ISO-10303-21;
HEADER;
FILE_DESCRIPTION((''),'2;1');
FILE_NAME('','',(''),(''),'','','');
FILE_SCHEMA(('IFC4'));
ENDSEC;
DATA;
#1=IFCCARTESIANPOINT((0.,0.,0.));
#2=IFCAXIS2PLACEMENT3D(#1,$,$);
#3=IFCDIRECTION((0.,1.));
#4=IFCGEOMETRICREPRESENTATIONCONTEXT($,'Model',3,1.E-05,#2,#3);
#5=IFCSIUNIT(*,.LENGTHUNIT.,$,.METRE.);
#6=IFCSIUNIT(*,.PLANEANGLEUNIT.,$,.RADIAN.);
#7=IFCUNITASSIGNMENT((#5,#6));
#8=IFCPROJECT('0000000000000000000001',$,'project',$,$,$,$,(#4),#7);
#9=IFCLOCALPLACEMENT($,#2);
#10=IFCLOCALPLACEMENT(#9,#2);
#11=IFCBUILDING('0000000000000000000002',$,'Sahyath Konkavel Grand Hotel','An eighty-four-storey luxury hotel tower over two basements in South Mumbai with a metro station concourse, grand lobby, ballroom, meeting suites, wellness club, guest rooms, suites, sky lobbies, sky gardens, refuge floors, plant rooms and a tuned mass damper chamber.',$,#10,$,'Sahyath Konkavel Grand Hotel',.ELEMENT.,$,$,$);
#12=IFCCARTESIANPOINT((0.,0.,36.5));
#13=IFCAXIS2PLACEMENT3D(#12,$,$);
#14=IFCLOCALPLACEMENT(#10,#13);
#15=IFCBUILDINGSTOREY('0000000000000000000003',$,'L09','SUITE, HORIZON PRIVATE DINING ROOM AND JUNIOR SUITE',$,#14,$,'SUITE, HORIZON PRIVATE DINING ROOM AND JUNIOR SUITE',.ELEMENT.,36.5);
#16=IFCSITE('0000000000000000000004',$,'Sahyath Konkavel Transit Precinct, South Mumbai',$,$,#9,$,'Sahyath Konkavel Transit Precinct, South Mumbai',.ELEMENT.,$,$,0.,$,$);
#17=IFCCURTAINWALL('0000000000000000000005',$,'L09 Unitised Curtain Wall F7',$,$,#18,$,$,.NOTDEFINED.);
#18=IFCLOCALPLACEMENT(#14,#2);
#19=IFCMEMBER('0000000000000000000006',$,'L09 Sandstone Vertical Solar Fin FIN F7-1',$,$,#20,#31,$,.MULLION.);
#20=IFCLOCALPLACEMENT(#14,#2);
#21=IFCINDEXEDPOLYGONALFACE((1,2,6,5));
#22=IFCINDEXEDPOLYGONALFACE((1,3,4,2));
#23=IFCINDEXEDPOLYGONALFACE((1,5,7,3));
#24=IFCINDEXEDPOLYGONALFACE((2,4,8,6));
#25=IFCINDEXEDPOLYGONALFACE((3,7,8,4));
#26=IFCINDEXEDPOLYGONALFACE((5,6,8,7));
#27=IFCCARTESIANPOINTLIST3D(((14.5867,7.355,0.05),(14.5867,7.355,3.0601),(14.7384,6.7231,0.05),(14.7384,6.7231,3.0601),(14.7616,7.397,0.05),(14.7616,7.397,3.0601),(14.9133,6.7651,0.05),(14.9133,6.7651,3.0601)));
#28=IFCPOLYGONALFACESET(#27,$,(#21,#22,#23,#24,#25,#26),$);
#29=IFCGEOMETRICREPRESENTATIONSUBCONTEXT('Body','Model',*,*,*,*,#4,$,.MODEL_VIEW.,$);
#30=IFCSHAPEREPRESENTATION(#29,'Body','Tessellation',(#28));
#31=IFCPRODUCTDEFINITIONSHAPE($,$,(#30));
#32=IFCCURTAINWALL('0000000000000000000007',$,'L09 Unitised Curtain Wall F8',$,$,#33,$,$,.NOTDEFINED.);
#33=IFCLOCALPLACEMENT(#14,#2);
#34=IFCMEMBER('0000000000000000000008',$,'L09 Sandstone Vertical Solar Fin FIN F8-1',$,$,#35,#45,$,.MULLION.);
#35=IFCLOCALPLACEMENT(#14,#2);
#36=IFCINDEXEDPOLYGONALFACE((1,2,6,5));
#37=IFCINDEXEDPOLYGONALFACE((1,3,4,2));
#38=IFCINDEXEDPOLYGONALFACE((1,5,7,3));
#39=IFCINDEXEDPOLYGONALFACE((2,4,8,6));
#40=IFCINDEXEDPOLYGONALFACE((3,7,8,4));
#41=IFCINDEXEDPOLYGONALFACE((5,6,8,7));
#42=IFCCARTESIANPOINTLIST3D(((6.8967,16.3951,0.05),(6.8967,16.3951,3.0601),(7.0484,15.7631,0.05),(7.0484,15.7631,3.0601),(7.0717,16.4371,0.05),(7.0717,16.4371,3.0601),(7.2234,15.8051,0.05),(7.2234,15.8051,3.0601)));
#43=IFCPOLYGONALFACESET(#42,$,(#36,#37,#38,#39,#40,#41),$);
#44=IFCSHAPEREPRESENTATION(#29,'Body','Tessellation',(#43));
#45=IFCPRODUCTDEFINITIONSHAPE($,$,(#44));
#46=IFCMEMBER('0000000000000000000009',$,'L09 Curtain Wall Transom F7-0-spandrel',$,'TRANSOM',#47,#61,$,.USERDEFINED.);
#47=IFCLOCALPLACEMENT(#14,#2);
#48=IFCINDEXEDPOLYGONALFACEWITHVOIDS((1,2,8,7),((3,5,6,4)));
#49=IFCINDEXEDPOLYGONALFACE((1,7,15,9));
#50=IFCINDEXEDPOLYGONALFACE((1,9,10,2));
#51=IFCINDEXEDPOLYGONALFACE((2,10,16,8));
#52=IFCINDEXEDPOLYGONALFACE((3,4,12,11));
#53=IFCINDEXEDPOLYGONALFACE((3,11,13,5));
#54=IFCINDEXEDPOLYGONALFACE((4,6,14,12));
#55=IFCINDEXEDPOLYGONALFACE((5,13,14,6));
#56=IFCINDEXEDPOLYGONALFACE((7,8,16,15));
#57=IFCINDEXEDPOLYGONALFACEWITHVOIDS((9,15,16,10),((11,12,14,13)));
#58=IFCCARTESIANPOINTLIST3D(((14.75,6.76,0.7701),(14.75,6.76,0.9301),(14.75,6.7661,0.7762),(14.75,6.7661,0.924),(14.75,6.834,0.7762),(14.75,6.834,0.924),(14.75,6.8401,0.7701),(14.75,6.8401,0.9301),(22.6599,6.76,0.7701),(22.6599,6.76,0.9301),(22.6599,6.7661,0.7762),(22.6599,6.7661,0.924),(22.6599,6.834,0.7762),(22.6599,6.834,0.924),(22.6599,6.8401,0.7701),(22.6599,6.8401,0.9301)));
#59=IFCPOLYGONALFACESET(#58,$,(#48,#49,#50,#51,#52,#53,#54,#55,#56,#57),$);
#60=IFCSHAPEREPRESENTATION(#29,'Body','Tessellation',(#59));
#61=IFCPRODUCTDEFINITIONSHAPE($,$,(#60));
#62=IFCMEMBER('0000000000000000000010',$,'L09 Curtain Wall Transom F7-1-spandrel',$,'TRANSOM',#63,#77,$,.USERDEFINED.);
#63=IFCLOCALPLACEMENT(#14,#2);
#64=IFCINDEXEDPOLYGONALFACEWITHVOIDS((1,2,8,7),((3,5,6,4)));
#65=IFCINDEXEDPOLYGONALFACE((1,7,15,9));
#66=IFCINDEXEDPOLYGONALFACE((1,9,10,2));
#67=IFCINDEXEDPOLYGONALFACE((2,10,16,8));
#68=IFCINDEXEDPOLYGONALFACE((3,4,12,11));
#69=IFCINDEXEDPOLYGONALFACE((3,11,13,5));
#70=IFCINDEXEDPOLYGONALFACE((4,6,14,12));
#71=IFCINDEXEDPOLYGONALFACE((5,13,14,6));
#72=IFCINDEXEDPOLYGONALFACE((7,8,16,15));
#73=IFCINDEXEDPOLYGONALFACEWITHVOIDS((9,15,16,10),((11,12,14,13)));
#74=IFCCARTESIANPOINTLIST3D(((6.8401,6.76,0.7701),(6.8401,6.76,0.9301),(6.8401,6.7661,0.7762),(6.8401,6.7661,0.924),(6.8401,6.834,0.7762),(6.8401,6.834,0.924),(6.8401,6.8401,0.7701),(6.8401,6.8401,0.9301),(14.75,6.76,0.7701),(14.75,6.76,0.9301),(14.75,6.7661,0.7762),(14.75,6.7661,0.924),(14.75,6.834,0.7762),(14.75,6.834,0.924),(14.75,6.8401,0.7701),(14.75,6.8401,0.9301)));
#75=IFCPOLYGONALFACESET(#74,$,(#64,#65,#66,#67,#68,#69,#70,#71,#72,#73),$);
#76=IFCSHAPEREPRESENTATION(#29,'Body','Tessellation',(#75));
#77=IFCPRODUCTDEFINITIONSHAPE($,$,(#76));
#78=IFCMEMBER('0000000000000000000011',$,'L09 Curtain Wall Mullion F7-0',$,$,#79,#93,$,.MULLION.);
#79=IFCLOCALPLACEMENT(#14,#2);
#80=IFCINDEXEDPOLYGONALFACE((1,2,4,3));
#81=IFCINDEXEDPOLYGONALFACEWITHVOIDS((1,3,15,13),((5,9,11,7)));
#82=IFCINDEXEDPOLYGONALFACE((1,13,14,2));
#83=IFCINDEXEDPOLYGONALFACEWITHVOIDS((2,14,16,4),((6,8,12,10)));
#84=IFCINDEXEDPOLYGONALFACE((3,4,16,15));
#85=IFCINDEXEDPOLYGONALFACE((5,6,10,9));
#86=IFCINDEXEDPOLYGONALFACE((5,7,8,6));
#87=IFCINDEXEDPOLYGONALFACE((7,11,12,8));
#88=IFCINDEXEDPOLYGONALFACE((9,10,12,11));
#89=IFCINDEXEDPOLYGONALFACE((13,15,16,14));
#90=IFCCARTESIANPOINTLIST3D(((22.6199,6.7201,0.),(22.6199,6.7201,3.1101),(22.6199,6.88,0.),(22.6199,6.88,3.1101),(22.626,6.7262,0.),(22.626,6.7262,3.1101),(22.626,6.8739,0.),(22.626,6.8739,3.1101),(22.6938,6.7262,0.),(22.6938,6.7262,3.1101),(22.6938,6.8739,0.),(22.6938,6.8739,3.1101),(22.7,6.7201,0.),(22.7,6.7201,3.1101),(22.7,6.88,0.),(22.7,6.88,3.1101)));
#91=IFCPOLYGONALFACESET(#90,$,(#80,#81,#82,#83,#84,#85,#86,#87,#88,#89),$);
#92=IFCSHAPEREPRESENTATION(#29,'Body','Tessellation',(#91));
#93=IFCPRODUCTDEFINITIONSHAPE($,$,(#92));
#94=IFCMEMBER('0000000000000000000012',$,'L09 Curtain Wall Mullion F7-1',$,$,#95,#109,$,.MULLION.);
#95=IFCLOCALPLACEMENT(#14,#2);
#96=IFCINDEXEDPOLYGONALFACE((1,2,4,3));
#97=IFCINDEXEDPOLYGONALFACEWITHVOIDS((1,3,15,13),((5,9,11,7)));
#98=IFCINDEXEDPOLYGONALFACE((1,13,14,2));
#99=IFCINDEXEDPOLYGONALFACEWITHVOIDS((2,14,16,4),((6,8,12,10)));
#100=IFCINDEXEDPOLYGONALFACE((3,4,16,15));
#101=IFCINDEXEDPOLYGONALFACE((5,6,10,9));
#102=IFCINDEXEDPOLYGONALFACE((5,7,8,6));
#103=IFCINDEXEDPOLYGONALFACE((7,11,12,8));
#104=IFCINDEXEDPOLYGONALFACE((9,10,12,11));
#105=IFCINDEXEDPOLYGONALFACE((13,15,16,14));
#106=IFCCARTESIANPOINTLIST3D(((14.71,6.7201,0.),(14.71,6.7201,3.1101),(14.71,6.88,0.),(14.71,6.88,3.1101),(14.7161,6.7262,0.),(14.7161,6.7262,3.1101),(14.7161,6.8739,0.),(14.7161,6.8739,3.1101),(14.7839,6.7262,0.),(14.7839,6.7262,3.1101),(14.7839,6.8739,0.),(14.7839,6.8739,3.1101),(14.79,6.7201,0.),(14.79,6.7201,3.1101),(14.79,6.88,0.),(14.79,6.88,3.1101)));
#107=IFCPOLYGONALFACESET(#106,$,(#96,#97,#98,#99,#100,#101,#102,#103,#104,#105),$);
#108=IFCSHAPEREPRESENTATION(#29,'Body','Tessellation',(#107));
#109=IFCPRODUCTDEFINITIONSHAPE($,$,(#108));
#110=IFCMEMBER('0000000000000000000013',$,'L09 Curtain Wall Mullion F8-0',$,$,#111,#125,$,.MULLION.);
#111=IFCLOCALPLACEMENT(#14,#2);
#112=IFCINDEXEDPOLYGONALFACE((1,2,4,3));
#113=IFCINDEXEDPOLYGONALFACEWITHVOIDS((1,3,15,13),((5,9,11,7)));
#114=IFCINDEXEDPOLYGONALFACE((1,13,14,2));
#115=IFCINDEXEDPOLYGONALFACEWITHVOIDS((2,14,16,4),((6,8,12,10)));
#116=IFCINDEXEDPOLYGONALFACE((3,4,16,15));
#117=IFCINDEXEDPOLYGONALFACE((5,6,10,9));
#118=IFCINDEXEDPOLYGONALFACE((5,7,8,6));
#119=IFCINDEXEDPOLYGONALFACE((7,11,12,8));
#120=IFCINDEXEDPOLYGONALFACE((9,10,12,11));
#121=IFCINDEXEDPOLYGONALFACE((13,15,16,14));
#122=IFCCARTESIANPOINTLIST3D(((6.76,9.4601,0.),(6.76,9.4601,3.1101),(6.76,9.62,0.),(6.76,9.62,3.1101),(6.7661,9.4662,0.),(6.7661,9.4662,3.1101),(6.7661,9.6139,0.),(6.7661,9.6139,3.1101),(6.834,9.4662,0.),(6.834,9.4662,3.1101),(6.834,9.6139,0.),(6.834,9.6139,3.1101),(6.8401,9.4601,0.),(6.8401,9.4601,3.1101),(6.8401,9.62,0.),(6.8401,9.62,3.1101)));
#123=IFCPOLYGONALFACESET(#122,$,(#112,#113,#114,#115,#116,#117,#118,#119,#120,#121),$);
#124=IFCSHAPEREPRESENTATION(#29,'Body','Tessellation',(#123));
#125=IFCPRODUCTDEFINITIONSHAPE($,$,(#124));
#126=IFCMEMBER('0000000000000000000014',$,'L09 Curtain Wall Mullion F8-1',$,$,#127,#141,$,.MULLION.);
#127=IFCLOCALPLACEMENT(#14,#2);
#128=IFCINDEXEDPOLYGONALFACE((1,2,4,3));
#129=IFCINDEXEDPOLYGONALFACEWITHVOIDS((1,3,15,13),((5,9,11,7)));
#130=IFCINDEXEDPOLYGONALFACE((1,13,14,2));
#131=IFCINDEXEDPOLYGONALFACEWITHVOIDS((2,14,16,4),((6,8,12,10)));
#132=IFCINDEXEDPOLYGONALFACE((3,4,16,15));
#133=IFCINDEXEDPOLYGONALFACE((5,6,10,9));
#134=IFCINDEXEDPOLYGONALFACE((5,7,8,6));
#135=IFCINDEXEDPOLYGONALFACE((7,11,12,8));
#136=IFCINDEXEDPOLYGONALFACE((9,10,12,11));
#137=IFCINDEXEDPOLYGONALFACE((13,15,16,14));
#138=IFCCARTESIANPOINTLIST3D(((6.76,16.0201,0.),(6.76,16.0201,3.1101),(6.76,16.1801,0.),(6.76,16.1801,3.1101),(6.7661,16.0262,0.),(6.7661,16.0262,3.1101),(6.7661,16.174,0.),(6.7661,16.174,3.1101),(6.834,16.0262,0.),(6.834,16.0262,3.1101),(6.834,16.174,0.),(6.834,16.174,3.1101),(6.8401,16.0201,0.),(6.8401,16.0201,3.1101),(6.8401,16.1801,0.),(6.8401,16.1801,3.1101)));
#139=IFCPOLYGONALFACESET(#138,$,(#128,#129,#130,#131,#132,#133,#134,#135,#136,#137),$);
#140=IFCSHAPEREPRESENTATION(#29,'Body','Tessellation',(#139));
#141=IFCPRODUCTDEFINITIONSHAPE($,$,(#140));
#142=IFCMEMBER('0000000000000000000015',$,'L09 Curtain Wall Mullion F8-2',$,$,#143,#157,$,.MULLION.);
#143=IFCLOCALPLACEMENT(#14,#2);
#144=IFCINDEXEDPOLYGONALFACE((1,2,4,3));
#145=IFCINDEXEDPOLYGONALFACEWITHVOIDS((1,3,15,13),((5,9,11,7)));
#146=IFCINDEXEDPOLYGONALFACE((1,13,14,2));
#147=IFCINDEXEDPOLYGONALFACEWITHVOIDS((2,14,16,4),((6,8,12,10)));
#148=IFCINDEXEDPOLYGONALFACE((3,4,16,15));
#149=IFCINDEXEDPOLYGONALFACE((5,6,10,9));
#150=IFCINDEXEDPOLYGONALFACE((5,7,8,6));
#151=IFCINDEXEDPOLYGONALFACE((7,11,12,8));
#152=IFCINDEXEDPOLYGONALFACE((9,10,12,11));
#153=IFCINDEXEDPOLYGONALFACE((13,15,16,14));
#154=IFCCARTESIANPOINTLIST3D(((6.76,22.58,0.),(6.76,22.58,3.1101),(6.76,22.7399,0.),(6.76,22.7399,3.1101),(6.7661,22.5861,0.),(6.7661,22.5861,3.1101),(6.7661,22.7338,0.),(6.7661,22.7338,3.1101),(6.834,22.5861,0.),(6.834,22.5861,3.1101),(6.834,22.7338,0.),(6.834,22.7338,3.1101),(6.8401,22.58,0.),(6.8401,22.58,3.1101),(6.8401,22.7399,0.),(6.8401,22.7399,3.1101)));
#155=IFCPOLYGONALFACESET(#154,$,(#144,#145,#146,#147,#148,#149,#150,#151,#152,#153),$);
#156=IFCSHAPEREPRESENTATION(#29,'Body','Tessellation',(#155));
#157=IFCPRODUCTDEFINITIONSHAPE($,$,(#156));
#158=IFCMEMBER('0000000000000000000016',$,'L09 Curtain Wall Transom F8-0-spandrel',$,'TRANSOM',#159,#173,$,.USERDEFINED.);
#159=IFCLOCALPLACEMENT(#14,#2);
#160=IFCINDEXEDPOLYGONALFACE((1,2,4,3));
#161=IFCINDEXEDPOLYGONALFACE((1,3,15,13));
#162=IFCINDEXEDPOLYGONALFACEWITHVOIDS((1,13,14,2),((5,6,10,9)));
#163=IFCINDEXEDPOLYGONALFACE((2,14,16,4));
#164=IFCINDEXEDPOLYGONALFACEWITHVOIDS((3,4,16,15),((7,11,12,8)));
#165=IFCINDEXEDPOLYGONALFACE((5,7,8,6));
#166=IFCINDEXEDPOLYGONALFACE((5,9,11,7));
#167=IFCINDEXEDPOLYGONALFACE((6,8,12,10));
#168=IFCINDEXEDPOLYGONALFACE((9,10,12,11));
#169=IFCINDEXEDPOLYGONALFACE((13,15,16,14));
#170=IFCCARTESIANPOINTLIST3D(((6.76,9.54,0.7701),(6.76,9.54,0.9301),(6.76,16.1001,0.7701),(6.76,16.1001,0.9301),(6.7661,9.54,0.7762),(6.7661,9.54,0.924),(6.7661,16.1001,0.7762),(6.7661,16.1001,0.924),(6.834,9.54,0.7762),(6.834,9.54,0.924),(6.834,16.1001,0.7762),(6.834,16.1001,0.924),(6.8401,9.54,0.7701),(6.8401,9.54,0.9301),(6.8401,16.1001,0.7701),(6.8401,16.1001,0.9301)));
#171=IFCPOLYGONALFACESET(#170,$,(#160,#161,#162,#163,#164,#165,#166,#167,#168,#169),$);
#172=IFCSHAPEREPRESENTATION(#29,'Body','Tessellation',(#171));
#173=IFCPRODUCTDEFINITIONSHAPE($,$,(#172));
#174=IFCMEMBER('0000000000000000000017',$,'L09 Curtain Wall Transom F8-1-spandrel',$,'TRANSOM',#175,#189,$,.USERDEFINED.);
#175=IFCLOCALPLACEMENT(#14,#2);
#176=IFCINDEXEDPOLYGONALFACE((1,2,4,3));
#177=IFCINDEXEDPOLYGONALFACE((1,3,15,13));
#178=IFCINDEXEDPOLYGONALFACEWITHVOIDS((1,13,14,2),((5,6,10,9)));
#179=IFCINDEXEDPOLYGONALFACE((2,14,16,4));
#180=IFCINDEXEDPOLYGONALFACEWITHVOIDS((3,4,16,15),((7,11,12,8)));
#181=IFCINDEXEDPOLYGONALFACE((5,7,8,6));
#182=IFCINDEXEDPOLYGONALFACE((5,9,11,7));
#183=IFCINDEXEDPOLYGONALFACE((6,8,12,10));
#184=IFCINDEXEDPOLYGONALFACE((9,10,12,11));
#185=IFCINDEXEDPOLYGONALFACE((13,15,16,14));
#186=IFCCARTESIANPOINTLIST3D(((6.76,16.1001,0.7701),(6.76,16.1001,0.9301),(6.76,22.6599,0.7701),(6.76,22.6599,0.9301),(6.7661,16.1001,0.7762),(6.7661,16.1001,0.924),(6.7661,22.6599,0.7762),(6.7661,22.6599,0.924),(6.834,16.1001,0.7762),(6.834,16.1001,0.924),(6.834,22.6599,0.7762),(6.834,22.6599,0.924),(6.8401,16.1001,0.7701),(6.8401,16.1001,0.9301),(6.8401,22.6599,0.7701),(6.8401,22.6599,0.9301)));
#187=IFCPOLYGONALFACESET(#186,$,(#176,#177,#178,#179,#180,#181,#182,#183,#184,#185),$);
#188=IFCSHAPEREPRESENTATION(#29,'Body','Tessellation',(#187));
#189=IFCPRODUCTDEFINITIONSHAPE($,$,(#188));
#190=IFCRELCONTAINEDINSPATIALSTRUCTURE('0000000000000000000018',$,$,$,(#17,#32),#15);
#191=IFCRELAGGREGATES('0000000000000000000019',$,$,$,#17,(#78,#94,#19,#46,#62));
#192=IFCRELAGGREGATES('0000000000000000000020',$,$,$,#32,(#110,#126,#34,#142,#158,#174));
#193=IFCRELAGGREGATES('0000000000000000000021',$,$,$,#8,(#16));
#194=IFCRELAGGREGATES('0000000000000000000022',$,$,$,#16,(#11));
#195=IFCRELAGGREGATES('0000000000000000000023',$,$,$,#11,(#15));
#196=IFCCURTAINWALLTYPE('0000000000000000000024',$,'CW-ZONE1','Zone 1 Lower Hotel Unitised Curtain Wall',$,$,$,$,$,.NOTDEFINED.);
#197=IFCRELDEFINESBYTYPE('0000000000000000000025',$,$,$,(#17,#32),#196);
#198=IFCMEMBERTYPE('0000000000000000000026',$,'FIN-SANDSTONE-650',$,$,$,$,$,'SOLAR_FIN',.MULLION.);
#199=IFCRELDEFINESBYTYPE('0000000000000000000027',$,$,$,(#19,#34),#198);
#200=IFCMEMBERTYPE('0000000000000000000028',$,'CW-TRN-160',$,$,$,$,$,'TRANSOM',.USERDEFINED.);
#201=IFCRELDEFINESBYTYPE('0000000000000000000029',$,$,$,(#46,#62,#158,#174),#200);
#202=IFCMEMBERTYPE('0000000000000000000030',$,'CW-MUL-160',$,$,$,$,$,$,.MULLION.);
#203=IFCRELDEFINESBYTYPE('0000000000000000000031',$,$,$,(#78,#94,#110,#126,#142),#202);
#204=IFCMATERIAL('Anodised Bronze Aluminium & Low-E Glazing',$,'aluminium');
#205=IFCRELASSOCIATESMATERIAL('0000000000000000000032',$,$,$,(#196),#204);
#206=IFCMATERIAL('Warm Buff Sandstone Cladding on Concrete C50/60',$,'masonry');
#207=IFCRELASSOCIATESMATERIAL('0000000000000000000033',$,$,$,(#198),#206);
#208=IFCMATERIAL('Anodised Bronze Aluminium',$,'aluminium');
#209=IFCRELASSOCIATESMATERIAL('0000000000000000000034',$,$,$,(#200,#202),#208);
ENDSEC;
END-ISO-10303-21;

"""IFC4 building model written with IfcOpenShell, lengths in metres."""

from ifc_helpers import new_model, si_unit, direction, frame, origin, origin_2d, place, context, subcontext, project, spatial, rectangle, hollow_rectangle, extrude, source, transform, mapped, material, material_profile, profile_set, type_object, element, aggregate, save


model = new_model("IFC4")

# Units and contexts
model_context = context("Model", 3, precision=1e-05, world=origin(), true_north=direction((0.0, 1.0)))
body_context = subcontext(model_context, "Body", "Model", "MODEL_VIEW")
ifc_project = project(units=[si_unit("LENGTHUNIT", "METRE"), si_unit("PLANEANGLEUNIT", "RADIAN")], contexts=[model_context])

# Site, building, storey
site_placement = place(None, origin())
site = spatial("IfcSite", under=ifc_project, at=site_placement, Name="Sahyath Konkavel Transit Precinct, South Mumbai", LongName="Sahyath Konkavel Transit Precinct, South Mumbai", CompositionType="ELEMENT", RefElevation=0.0)
building_placement = place(site_placement, origin())
building = spatial("IfcBuilding", under=site, at=building_placement, Name="Sahyath Konkavel Grand Hotel", Description="An eighty-four-storey luxury hotel tower over two basements in South Mumbai with a metro station concourse, grand lobby, ballroom, meeting suites, wellness club, guest rooms, suites, sky lobbies, sky gardens, refuge floors, plant rooms and a tuned mass damper chamber.", LongName="Sahyath Konkavel Grand Hotel", CompositionType="ELEMENT")
storey_placement = place(building_placement, frame((0.0, 0.0, 36.5)))
storey = spatial("IfcBuildingStorey", under=building, at=storey_placement, Name="L09", Description="SUITE, HORIZON PRIVATE DINING ROOM AND JUNIOR SUITE", LongName="SUITE, HORIZON PRIVATE DINING ROOM AND JUNIOR SUITE", CompositionType="ELEMENT", Elevation=36.5)

# Curtain walls, members
ifc_material_1 = material(Name="Anodised Bronze Aluminium & Low-E Glazing", Category="aluminium")
curtain_wall_type = type_object("IfcCurtainWallType", Name="CW-ZONE1", Description="Zone 1 Lower Hotel Unitised Curtain Wall", PredefinedType="NOTDEFINED", material=ifc_material_1)
curtain_wall_1_placement = place(storey_placement, origin())
curtain_wall_1 = element("IfcCurtainWall", 1, at=curtain_wall_1_placement, inside=storey, type_object=curtain_wall_type, Name="L09 Unitised Curtain Wall F7", PredefinedType="NOTDEFINED")
ifc_material_2 = material(Name="Warm Buff Sandstone Cladding on Concrete C50/60", Category="masonry")
ifc_material_profile_1 = material_profile(ifc_material_2, rectangle(XDim=0.1799, YDim=0.6499, at=origin_2d()), Name="FIN 180x650")
ifc_profile_set_1 = profile_set([ifc_material_profile_1], Name="Warm Buff Sandstone Cladding on Concrete C50/60")
member_type_1 = type_object("IfcMemberType", Name="FIN-SANDSTONE-650", ElementType="SOLAR_FIN", PredefinedType="MULLION", material=ifc_profile_set_1)
shared_shape_1 = source(origin(), body_context, "Body", "SweptSolid", [
    extrude(rectangle(XDim=0.1799, YDim=0.6499, at=origin_2d()), origin(), (0.0, 0.0, 1.0), 3.01),
])
member_1_placement = place(storey_placement, frame((14.75, 7.0601, 0.05), z_axis=(0.0, 0.0, 1.0), x_axis=(0.97237, 0.233445, 0.0)))
member_1 = element("IfcMember", 2, at=member_1_placement, type_object=member_type_1, Name="L09 Sandstone Vertical Solar Fin FIN F7-1", PredefinedType="MULLION", context=body_context, shape_type="MappedRepresentation", body=[
    mapped(shared_shape_1, transform((0.0, 0.0, 0.0), scale=1.0)),
])
curtain_wall_2_placement = place(storey_placement, origin())
curtain_wall_2 = element("IfcCurtainWall", 3, at=curtain_wall_2_placement, inside=storey, type_object=curtain_wall_type, Name="L09 Unitised Curtain Wall F8", PredefinedType="NOTDEFINED")
member_2_placement = place(storey_placement, frame((7.0601, 16.1001, 0.05), z_axis=(0.0, 0.0, 1.0), x_axis=(0.97237, 0.233445, 0.0)))
member_2 = element("IfcMember", 4, at=member_2_placement, type_object=member_type_1, Name="L09 Sandstone Vertical Solar Fin FIN F8-1", PredefinedType="MULLION", context=body_context, shape_type="MappedRepresentation", body=[
    mapped(shared_shape_1, transform((0.0, 0.0, 0.0), scale=1.0)),
])

# Members
ifc_material_3 = material(Name="Anodised Bronze Aluminium", Category="aluminium")
ifc_material_profile_2 = material_profile(ifc_material_3, hollow_rectangle(XDim=0.0801, YDim=0.1599, WallThickness=0.0061, at=origin_2d()), Name="RHS 160x80x6")
ifc_profile_set_2 = profile_set([ifc_material_profile_2], Name="Anodised Bronze Aluminium")
member_type_2 = type_object("IfcMemberType", Name="CW-TRN-160", ElementType="TRANSOM", PredefinedType="USERDEFINED", material=ifc_profile_set_2)
shared_shape_2 = source(origin(), body_context, "Body", "SweptSolid", [
    extrude(hollow_rectangle(XDim=0.0801, YDim=0.1599, WallThickness=0.0061, at=origin_2d()), origin(), (0.0, 0.0, 1.0), 7.9099),
])
member_3_placement = place(storey_placement, frame((22.6599, 6.8, 0.8501), z_axis=(-1.0, 0.0, 0.0), x_axis=(0.0, -1.0, 0.0)))
member_3 = element("IfcMember", 5, at=member_3_placement, type_object=member_type_2, Name="L09 Curtain Wall Transom F7-0-spandrel", ObjectType="TRANSOM", PredefinedType="USERDEFINED", context=body_context, shape_type="MappedRepresentation", body=[
    mapped(shared_shape_2, transform((0.0, 0.0, 0.0), scale=1.0)),
])
member_4_placement = place(storey_placement, frame((14.75, 6.8, 0.8501), z_axis=(-1.0, 0.0, 0.0), x_axis=(0.0, -1.0, 0.0)))
member_4 = element("IfcMember", 6, at=member_4_placement, type_object=member_type_2, Name="L09 Curtain Wall Transom F7-1-spandrel", ObjectType="TRANSOM", PredefinedType="USERDEFINED", context=body_context, shape_type="MappedRepresentation", body=[
    mapped(shared_shape_2, transform((0.0, 0.0, 0.0), scale=1.0)),
])
ifc_material_profile_3 = material_profile(ifc_material_3, hollow_rectangle(XDim=0.0801, YDim=0.1599, WallThickness=0.0061, at=origin_2d()), Name="RHS 160x80x6")
ifc_profile_set_3 = profile_set([ifc_material_profile_3], Name="Anodised Bronze Aluminium")
member_type_3 = type_object("IfcMemberType", Name="CW-MUL-160", PredefinedType="MULLION", material=ifc_profile_set_3)
shared_shape_3 = source(origin(), body_context, "Body", "SweptSolid", [
    extrude(hollow_rectangle(XDim=0.0801, YDim=0.1599, WallThickness=0.0061, at=origin_2d()), origin(), (0.0, 0.0, 1.0), 3.1101),
])
member_5_placement = place(storey_placement, frame((22.6599, 6.8, 0.0), z_axis=(0.0, 0.0, 1.0), x_axis=(1.0, 0.0, 0.0)))
member_5 = element("IfcMember", 7, at=member_5_placement, type_object=member_type_3, Name="L09 Curtain Wall Mullion F7-0", PredefinedType="MULLION", context=body_context, shape_type="MappedRepresentation", body=[
    mapped(shared_shape_3, transform((0.0, 0.0, 0.0), scale=1.0)),
])
member_6_placement = place(storey_placement, frame((14.75, 6.8, 0.0), z_axis=(0.0, 0.0, 1.0), x_axis=(1.0, 0.0, 0.0)))
member_6 = element("IfcMember", 8, at=member_6_placement, type_object=member_type_3, Name="L09 Curtain Wall Mullion F7-1", PredefinedType="MULLION", context=body_context, shape_type="MappedRepresentation", body=[
    mapped(shared_shape_3, transform((0.0, 0.0, 0.0), scale=1.0)),
])
member_7_placement = place(storey_placement, frame((6.8, 9.54, 0.0), z_axis=(0.0, 0.0, 1.0), x_axis=(1.0, 0.0, 0.0)))
member_7 = element("IfcMember", 9, at=member_7_placement, type_object=member_type_3, Name="L09 Curtain Wall Mullion F8-0", PredefinedType="MULLION", context=body_context, shape_type="MappedRepresentation", body=[
    mapped(shared_shape_3, transform((0.0, 0.0, 0.0), scale=1.0)),
])
member_8_placement = place(storey_placement, frame((6.8, 16.1001, 0.0), z_axis=(0.0, 0.0, 1.0), x_axis=(1.0, 0.0, 0.0)))
member_8 = element("IfcMember", 10, at=member_8_placement, type_object=member_type_3, Name="L09 Curtain Wall Mullion F8-1", PredefinedType="MULLION", context=body_context, shape_type="MappedRepresentation", body=[
    mapped(shared_shape_3, transform((0.0, 0.0, 0.0), scale=1.0)),
])
member_9_placement = place(storey_placement, frame((6.8, 22.6599, 0.0), z_axis=(0.0, 0.0, 1.0), x_axis=(1.0, 0.0, 0.0)))
member_9 = element("IfcMember", 11, at=member_9_placement, type_object=member_type_3, Name="L09 Curtain Wall Mullion F8-2", PredefinedType="MULLION", context=body_context, shape_type="MappedRepresentation", body=[
    mapped(shared_shape_3, transform((0.0, 0.0, 0.0), scale=1.0)),
])
shared_shape_4 = source(origin(), body_context, "Body", "SweptSolid", [
    extrude(hollow_rectangle(XDim=0.0801, YDim=0.1599, WallThickness=0.0061, at=origin_2d()), origin(), (0.0, 0.0, 1.0), 6.5601),
])
member_10_placement = place(storey_placement, frame((6.8, 9.54, 0.8501), z_axis=(0.0, 1.0, 0.0), x_axis=(-1.0, 0.0, 0.0)))
member_10 = element("IfcMember", 12, at=member_10_placement, type_object=member_type_2, Name="L09 Curtain Wall Transom F8-0-spandrel", ObjectType="TRANSOM", PredefinedType="USERDEFINED", context=body_context, shape_type="MappedRepresentation", body=[
    mapped(shared_shape_4, transform((0.0, 0.0, 0.0), scale=1.0)),
])
shared_shape_5 = source(origin(), body_context, "Body", "SweptSolid", [
    extrude(hollow_rectangle(XDim=0.0801, YDim=0.1599, WallThickness=0.0061, at=origin_2d()), origin(), (0.0, 0.0, 1.0), 6.5598),
])
member_11_placement = place(storey_placement, frame((6.8, 16.1001, 0.8501), z_axis=(0.0, 1.0, 0.0), x_axis=(-1.0, 0.0, 0.0)))
member_11 = element("IfcMember", 13, at=member_11_placement, type_object=member_type_2, Name="L09 Curtain Wall Transom F8-1-spandrel", ObjectType="TRANSOM", PredefinedType="USERDEFINED", context=body_context, shape_type="MappedRepresentation", body=[
    mapped(shared_shape_5, transform((0.0, 0.0, 0.0), scale=1.0)),
])

aggregate(curtain_wall_1, [member_5, member_6, member_1, member_3, member_4])
aggregate(curtain_wall_2, [member_7, member_8, member_2, member_9, member_10, member_11])

save(model, "model.ifc")
